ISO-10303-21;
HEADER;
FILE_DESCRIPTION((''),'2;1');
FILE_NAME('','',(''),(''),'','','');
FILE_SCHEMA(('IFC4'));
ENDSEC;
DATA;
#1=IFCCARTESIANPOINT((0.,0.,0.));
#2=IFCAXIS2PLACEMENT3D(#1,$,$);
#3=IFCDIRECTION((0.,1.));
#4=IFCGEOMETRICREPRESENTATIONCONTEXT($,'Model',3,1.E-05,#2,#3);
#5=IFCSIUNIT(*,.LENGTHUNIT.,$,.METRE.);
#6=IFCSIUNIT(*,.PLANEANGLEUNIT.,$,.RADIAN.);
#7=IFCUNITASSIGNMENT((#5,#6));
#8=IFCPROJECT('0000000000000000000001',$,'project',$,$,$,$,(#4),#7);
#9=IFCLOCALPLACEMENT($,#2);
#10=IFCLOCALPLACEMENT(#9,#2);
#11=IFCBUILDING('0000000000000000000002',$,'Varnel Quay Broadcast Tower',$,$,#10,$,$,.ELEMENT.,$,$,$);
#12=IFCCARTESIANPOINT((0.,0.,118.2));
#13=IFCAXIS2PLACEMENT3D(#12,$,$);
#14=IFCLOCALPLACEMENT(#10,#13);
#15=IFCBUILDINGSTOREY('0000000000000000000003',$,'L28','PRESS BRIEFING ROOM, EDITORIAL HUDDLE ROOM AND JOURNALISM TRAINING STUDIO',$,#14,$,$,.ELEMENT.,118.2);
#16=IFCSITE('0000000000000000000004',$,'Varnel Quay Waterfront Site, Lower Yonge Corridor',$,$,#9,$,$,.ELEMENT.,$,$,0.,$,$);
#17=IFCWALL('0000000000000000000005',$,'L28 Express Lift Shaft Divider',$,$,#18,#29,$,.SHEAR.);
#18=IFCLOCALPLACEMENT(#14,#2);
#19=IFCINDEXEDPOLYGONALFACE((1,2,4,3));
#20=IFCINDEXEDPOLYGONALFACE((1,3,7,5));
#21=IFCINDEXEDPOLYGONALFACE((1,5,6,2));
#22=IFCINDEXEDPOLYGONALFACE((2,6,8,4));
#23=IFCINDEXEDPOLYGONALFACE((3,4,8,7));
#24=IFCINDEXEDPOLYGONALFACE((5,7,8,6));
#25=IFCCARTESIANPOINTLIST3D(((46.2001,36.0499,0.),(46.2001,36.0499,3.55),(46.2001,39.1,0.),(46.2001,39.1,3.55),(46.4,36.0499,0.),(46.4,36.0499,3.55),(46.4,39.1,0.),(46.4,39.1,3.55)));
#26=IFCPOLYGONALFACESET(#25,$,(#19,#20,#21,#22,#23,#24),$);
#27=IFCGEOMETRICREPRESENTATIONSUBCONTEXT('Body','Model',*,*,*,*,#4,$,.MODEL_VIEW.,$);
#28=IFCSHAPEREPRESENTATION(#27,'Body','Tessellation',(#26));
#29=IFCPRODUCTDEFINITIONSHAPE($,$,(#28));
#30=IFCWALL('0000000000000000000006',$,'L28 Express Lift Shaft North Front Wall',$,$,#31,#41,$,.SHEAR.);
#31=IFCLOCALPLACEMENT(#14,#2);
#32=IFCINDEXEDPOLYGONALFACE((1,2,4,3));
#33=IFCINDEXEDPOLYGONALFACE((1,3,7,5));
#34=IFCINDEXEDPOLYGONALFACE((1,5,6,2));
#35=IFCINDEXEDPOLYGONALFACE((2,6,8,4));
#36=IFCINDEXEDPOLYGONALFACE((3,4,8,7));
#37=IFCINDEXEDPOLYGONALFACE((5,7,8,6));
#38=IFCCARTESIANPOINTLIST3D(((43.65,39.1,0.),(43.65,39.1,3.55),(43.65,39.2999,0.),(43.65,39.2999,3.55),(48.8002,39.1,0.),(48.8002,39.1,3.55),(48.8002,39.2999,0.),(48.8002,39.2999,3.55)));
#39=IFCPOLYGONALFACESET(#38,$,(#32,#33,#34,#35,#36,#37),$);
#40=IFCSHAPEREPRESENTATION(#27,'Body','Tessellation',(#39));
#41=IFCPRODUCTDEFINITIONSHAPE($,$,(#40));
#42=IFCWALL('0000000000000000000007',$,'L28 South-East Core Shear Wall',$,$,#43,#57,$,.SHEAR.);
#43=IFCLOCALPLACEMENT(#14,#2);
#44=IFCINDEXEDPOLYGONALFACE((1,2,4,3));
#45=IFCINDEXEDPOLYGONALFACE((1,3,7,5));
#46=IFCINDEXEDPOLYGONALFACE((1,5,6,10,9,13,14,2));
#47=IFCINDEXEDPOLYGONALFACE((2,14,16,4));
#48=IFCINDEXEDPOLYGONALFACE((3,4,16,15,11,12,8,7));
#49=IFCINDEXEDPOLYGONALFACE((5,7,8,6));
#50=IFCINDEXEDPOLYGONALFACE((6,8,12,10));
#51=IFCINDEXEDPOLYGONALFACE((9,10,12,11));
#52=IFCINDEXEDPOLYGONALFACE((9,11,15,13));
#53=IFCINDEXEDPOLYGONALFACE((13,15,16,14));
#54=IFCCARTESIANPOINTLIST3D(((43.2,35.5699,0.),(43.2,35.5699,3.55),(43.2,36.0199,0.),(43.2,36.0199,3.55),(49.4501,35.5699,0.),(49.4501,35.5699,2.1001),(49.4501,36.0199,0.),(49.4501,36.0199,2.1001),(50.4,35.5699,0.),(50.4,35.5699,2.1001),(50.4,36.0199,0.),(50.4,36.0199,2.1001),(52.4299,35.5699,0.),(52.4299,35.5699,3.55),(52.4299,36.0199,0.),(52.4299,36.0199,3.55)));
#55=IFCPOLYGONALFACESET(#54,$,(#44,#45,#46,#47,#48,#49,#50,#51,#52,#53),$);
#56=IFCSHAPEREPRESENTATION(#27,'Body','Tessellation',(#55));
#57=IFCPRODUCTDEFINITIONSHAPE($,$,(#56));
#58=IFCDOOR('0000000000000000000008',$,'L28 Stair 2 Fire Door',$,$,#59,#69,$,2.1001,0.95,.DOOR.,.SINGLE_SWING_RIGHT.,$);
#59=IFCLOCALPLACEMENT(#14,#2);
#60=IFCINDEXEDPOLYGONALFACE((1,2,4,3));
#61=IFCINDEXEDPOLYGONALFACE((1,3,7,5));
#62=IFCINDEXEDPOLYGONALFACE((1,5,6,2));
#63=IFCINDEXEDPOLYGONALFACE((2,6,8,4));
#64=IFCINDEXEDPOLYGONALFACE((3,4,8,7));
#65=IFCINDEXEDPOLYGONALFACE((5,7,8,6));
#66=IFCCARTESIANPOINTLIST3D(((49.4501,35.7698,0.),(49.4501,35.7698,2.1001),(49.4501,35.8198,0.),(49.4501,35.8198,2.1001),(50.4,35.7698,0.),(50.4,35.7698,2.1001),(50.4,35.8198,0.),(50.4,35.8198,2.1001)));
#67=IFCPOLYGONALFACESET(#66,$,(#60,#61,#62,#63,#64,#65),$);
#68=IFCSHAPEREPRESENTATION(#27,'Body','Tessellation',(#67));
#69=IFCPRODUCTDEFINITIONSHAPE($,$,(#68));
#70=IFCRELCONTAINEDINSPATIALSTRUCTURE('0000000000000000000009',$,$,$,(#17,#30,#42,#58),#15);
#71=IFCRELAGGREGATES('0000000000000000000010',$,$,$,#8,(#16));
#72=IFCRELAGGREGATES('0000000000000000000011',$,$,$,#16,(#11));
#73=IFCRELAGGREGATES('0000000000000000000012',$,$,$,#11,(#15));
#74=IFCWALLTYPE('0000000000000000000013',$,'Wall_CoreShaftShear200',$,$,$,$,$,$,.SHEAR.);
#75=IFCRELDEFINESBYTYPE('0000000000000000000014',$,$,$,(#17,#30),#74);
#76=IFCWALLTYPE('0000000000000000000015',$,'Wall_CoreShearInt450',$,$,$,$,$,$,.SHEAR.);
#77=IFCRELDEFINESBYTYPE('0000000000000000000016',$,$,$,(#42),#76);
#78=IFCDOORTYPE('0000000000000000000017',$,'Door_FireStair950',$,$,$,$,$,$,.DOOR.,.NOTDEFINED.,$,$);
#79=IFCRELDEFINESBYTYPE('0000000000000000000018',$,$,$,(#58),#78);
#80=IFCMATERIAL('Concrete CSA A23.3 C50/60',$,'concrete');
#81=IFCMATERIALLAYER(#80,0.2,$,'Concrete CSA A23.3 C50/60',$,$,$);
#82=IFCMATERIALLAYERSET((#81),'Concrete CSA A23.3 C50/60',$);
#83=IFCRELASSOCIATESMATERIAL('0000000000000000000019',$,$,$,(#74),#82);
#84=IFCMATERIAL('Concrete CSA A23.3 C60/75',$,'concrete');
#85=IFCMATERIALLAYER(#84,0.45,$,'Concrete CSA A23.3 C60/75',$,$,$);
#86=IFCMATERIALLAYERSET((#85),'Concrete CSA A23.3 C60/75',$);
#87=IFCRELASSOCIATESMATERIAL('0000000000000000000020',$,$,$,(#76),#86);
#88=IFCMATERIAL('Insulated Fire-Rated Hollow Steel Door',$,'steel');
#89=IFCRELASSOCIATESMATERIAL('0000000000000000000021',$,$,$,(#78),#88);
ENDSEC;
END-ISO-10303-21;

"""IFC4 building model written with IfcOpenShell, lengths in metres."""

from ifc_helpers import new_model, si_unit, direction, frame, frame_2d, origin, place, context, subcontext, project, spatial, rectangle, extrude, source, transform, mapped, material, layer, layer_set, type_object, type_shapes, element, fill, save


model = new_model("IFC4")

# Units and contexts
model_context = context("Model", 3, precision=1e-05, world=origin(), true_north=direction((0.0, 1.0)))
body_context = subcontext(model_context, "Body", "Model", "MODEL_VIEW")
ifc_project = project(units=[si_unit("LENGTHUNIT", "METRE"), si_unit("PLANEANGLEUNIT", "RADIAN")], contexts=[model_context])

# Site, building, storey
site_placement = place(None, origin())
site = spatial("IfcSite", under=ifc_project, at=site_placement, Name="Varnel Quay Waterfront Site, Lower Yonge Corridor", CompositionType="ELEMENT", RefElevation=0.0)
building_placement = place(site_placement, origin())
building = spatial("IfcBuilding", under=site, at=building_placement, Name="Varnel Quay Broadcast Tower", CompositionType="ELEMENT")
storey_placement = place(building_placement, frame((0.0, 0.0, 118.2)))
storey = spatial("IfcBuildingStorey", under=building, at=storey_placement, Name="L28", Description="PRESS BRIEFING ROOM, EDITORIAL HUDDLE ROOM AND JOURNALISM TRAINING STUDIO", CompositionType="ELEMENT", Elevation=118.2)

# Walls
ifc_material_1 = material(Name="Concrete CSA A23.3 C50/60", Category="concrete")
ifc_layer_1 = layer(ifc_material_1, 0.2, Name="Concrete CSA A23.3 C50/60")
ifc_layer_set_1 = layer_set([ifc_layer_1], Name="Concrete CSA A23.3 C50/60")
wall_type_1 = type_object("IfcWallType", Name="Wall_CoreShaftShear200", PredefinedType="SHEAR", material=ifc_layer_set_1)
for number, where, z_axis, x_axis, name in (
    (1, (46.3, 36.05, 0.0), (0.0, 0.0, 1.0), (0.0, 1.0, 0.0), "L28 Express Lift Shaft Divider"),
):
    element("IfcWall", number, at=place(storey_placement, frame(where, z_axis=z_axis, x_axis=x_axis)), inside=storey, type_object=wall_type_1, Name=name, PredefinedType="SHEAR", context=body_context, shape_type="SweptSolid", body=[
        extrude(rectangle(XDim=3.05, YDim=0.2, at=frame_2d((1.5249, 0.0))), origin(), (0.0, 0.0, 1.0), 3.55),
    ])
wall_1_placement = place(storey_placement, frame((43.6499, 39.2, 0.0), z_axis=(0.0, 0.0, 1.0), x_axis=(1.0, 0.0, 0.0)))
element("IfcWall", 2, at=wall_1_placement, inside=storey, type_object=wall_type_1, Name="L28 Express Lift Shaft North Front Wall", PredefinedType="SHEAR", context=body_context, shape_type="SweptSolid", body=[
    extrude(rectangle(XDim=5.1501, YDim=0.2, at=frame_2d((2.5752, 0.0))), origin(), (0.0, 0.0, 1.0), 3.55),
])

# Wall, opening, door
ifc_material_2 = material(Name="Concrete CSA A23.3 C60/75", Category="concrete")
ifc_layer_2 = layer(ifc_material_2, 0.45, Name="Concrete CSA A23.3 C60/75")
ifc_layer_set_2 = layer_set([ifc_layer_2], Name="Concrete CSA A23.3 C60/75")
wall_type_2 = type_object("IfcWallType", Name="Wall_CoreShearInt450", PredefinedType="SHEAR", material=ifc_layer_set_2)
wall_2_placement = place(storey_placement, frame((43.2, 35.7949, 0.0), z_axis=(0.0, 0.0, 1.0), x_axis=(1.0, 0.0, 0.0)))
wall_2 = element("IfcWall", 3, at=wall_2_placement, inside=storey, type_object=wall_type_2, Name="L28 South-East Core Shear Wall", PredefinedType="SHEAR", context=body_context, shape_type="SweptSolid", body=[
    extrude(rectangle(XDim=9.23, YDim=0.45, at=frame_2d((4.615, 0.0))), origin(), (0.0, 0.0, 1.0), 3.55),
])
opening_placement = place(wall_2_placement, frame((6.25, 0.0, 0.0)))
opening = element("IfcOpeningElement", 4, at=opening_placement, cuts=wall_2, PredefinedType="OPENING", context=body_context, shape_type="SweptSolid", body=[
    extrude(rectangle(XDim=0.95, YDim=2.1001, at=frame_2d((0.4751, 1.05))), frame((0.0, 0.2349, 0.0), z_axis=(0.0, -1.0, 0.0), x_axis=(1.0, 0.0, 0.0)), (0.0, 0.0, 1.0), 0.47),
])
ifc_material_3 = material(Name="Insulated Fire-Rated Hollow Steel Door", Category="steel")
door_type = type_object("IfcDoorType", Name="Door_FireStair950", OperationType="NOTDEFINED", PredefinedType="DOOR", material=ifc_material_3)
shared_shape_1 = source(origin(), body_context, "Body", "SweptSolid", [
    extrude(rectangle(XDim=0.95, YDim=2.1001, at=frame_2d((0.4751, 1.05))), frame((0.0, 0.0249, 0.0), z_axis=(0.0, -1.0, 0.0), x_axis=(1.0, 0.0, 0.0)), (0.0, 0.0, 1.0), 0.05),
])
type_shapes(door_type, [shared_shape_1])
door_placement = place(opening_placement, origin())
door = element("IfcDoor", 5, at=door_placement, inside=storey, type_object=door_type, Name="L28 Stair 2 Fire Door", OperationType="SINGLE_SWING_RIGHT", OverallHeight=2.1001, OverallWidth=0.95, PredefinedType="DOOR", context=body_context, shape_type="MappedRepresentation", body=[
    mapped(shared_shape_1, transform((0.0, 0.0, 0.0), x_axis=(1.0, 0.0, 0.0), y_axis=(0.0, 1.0, 0.0), z_axis=(0.0, 0.0, 1.0), scale=1.0)),
])
fill(opening, door)

save(model, "model.ifc")
